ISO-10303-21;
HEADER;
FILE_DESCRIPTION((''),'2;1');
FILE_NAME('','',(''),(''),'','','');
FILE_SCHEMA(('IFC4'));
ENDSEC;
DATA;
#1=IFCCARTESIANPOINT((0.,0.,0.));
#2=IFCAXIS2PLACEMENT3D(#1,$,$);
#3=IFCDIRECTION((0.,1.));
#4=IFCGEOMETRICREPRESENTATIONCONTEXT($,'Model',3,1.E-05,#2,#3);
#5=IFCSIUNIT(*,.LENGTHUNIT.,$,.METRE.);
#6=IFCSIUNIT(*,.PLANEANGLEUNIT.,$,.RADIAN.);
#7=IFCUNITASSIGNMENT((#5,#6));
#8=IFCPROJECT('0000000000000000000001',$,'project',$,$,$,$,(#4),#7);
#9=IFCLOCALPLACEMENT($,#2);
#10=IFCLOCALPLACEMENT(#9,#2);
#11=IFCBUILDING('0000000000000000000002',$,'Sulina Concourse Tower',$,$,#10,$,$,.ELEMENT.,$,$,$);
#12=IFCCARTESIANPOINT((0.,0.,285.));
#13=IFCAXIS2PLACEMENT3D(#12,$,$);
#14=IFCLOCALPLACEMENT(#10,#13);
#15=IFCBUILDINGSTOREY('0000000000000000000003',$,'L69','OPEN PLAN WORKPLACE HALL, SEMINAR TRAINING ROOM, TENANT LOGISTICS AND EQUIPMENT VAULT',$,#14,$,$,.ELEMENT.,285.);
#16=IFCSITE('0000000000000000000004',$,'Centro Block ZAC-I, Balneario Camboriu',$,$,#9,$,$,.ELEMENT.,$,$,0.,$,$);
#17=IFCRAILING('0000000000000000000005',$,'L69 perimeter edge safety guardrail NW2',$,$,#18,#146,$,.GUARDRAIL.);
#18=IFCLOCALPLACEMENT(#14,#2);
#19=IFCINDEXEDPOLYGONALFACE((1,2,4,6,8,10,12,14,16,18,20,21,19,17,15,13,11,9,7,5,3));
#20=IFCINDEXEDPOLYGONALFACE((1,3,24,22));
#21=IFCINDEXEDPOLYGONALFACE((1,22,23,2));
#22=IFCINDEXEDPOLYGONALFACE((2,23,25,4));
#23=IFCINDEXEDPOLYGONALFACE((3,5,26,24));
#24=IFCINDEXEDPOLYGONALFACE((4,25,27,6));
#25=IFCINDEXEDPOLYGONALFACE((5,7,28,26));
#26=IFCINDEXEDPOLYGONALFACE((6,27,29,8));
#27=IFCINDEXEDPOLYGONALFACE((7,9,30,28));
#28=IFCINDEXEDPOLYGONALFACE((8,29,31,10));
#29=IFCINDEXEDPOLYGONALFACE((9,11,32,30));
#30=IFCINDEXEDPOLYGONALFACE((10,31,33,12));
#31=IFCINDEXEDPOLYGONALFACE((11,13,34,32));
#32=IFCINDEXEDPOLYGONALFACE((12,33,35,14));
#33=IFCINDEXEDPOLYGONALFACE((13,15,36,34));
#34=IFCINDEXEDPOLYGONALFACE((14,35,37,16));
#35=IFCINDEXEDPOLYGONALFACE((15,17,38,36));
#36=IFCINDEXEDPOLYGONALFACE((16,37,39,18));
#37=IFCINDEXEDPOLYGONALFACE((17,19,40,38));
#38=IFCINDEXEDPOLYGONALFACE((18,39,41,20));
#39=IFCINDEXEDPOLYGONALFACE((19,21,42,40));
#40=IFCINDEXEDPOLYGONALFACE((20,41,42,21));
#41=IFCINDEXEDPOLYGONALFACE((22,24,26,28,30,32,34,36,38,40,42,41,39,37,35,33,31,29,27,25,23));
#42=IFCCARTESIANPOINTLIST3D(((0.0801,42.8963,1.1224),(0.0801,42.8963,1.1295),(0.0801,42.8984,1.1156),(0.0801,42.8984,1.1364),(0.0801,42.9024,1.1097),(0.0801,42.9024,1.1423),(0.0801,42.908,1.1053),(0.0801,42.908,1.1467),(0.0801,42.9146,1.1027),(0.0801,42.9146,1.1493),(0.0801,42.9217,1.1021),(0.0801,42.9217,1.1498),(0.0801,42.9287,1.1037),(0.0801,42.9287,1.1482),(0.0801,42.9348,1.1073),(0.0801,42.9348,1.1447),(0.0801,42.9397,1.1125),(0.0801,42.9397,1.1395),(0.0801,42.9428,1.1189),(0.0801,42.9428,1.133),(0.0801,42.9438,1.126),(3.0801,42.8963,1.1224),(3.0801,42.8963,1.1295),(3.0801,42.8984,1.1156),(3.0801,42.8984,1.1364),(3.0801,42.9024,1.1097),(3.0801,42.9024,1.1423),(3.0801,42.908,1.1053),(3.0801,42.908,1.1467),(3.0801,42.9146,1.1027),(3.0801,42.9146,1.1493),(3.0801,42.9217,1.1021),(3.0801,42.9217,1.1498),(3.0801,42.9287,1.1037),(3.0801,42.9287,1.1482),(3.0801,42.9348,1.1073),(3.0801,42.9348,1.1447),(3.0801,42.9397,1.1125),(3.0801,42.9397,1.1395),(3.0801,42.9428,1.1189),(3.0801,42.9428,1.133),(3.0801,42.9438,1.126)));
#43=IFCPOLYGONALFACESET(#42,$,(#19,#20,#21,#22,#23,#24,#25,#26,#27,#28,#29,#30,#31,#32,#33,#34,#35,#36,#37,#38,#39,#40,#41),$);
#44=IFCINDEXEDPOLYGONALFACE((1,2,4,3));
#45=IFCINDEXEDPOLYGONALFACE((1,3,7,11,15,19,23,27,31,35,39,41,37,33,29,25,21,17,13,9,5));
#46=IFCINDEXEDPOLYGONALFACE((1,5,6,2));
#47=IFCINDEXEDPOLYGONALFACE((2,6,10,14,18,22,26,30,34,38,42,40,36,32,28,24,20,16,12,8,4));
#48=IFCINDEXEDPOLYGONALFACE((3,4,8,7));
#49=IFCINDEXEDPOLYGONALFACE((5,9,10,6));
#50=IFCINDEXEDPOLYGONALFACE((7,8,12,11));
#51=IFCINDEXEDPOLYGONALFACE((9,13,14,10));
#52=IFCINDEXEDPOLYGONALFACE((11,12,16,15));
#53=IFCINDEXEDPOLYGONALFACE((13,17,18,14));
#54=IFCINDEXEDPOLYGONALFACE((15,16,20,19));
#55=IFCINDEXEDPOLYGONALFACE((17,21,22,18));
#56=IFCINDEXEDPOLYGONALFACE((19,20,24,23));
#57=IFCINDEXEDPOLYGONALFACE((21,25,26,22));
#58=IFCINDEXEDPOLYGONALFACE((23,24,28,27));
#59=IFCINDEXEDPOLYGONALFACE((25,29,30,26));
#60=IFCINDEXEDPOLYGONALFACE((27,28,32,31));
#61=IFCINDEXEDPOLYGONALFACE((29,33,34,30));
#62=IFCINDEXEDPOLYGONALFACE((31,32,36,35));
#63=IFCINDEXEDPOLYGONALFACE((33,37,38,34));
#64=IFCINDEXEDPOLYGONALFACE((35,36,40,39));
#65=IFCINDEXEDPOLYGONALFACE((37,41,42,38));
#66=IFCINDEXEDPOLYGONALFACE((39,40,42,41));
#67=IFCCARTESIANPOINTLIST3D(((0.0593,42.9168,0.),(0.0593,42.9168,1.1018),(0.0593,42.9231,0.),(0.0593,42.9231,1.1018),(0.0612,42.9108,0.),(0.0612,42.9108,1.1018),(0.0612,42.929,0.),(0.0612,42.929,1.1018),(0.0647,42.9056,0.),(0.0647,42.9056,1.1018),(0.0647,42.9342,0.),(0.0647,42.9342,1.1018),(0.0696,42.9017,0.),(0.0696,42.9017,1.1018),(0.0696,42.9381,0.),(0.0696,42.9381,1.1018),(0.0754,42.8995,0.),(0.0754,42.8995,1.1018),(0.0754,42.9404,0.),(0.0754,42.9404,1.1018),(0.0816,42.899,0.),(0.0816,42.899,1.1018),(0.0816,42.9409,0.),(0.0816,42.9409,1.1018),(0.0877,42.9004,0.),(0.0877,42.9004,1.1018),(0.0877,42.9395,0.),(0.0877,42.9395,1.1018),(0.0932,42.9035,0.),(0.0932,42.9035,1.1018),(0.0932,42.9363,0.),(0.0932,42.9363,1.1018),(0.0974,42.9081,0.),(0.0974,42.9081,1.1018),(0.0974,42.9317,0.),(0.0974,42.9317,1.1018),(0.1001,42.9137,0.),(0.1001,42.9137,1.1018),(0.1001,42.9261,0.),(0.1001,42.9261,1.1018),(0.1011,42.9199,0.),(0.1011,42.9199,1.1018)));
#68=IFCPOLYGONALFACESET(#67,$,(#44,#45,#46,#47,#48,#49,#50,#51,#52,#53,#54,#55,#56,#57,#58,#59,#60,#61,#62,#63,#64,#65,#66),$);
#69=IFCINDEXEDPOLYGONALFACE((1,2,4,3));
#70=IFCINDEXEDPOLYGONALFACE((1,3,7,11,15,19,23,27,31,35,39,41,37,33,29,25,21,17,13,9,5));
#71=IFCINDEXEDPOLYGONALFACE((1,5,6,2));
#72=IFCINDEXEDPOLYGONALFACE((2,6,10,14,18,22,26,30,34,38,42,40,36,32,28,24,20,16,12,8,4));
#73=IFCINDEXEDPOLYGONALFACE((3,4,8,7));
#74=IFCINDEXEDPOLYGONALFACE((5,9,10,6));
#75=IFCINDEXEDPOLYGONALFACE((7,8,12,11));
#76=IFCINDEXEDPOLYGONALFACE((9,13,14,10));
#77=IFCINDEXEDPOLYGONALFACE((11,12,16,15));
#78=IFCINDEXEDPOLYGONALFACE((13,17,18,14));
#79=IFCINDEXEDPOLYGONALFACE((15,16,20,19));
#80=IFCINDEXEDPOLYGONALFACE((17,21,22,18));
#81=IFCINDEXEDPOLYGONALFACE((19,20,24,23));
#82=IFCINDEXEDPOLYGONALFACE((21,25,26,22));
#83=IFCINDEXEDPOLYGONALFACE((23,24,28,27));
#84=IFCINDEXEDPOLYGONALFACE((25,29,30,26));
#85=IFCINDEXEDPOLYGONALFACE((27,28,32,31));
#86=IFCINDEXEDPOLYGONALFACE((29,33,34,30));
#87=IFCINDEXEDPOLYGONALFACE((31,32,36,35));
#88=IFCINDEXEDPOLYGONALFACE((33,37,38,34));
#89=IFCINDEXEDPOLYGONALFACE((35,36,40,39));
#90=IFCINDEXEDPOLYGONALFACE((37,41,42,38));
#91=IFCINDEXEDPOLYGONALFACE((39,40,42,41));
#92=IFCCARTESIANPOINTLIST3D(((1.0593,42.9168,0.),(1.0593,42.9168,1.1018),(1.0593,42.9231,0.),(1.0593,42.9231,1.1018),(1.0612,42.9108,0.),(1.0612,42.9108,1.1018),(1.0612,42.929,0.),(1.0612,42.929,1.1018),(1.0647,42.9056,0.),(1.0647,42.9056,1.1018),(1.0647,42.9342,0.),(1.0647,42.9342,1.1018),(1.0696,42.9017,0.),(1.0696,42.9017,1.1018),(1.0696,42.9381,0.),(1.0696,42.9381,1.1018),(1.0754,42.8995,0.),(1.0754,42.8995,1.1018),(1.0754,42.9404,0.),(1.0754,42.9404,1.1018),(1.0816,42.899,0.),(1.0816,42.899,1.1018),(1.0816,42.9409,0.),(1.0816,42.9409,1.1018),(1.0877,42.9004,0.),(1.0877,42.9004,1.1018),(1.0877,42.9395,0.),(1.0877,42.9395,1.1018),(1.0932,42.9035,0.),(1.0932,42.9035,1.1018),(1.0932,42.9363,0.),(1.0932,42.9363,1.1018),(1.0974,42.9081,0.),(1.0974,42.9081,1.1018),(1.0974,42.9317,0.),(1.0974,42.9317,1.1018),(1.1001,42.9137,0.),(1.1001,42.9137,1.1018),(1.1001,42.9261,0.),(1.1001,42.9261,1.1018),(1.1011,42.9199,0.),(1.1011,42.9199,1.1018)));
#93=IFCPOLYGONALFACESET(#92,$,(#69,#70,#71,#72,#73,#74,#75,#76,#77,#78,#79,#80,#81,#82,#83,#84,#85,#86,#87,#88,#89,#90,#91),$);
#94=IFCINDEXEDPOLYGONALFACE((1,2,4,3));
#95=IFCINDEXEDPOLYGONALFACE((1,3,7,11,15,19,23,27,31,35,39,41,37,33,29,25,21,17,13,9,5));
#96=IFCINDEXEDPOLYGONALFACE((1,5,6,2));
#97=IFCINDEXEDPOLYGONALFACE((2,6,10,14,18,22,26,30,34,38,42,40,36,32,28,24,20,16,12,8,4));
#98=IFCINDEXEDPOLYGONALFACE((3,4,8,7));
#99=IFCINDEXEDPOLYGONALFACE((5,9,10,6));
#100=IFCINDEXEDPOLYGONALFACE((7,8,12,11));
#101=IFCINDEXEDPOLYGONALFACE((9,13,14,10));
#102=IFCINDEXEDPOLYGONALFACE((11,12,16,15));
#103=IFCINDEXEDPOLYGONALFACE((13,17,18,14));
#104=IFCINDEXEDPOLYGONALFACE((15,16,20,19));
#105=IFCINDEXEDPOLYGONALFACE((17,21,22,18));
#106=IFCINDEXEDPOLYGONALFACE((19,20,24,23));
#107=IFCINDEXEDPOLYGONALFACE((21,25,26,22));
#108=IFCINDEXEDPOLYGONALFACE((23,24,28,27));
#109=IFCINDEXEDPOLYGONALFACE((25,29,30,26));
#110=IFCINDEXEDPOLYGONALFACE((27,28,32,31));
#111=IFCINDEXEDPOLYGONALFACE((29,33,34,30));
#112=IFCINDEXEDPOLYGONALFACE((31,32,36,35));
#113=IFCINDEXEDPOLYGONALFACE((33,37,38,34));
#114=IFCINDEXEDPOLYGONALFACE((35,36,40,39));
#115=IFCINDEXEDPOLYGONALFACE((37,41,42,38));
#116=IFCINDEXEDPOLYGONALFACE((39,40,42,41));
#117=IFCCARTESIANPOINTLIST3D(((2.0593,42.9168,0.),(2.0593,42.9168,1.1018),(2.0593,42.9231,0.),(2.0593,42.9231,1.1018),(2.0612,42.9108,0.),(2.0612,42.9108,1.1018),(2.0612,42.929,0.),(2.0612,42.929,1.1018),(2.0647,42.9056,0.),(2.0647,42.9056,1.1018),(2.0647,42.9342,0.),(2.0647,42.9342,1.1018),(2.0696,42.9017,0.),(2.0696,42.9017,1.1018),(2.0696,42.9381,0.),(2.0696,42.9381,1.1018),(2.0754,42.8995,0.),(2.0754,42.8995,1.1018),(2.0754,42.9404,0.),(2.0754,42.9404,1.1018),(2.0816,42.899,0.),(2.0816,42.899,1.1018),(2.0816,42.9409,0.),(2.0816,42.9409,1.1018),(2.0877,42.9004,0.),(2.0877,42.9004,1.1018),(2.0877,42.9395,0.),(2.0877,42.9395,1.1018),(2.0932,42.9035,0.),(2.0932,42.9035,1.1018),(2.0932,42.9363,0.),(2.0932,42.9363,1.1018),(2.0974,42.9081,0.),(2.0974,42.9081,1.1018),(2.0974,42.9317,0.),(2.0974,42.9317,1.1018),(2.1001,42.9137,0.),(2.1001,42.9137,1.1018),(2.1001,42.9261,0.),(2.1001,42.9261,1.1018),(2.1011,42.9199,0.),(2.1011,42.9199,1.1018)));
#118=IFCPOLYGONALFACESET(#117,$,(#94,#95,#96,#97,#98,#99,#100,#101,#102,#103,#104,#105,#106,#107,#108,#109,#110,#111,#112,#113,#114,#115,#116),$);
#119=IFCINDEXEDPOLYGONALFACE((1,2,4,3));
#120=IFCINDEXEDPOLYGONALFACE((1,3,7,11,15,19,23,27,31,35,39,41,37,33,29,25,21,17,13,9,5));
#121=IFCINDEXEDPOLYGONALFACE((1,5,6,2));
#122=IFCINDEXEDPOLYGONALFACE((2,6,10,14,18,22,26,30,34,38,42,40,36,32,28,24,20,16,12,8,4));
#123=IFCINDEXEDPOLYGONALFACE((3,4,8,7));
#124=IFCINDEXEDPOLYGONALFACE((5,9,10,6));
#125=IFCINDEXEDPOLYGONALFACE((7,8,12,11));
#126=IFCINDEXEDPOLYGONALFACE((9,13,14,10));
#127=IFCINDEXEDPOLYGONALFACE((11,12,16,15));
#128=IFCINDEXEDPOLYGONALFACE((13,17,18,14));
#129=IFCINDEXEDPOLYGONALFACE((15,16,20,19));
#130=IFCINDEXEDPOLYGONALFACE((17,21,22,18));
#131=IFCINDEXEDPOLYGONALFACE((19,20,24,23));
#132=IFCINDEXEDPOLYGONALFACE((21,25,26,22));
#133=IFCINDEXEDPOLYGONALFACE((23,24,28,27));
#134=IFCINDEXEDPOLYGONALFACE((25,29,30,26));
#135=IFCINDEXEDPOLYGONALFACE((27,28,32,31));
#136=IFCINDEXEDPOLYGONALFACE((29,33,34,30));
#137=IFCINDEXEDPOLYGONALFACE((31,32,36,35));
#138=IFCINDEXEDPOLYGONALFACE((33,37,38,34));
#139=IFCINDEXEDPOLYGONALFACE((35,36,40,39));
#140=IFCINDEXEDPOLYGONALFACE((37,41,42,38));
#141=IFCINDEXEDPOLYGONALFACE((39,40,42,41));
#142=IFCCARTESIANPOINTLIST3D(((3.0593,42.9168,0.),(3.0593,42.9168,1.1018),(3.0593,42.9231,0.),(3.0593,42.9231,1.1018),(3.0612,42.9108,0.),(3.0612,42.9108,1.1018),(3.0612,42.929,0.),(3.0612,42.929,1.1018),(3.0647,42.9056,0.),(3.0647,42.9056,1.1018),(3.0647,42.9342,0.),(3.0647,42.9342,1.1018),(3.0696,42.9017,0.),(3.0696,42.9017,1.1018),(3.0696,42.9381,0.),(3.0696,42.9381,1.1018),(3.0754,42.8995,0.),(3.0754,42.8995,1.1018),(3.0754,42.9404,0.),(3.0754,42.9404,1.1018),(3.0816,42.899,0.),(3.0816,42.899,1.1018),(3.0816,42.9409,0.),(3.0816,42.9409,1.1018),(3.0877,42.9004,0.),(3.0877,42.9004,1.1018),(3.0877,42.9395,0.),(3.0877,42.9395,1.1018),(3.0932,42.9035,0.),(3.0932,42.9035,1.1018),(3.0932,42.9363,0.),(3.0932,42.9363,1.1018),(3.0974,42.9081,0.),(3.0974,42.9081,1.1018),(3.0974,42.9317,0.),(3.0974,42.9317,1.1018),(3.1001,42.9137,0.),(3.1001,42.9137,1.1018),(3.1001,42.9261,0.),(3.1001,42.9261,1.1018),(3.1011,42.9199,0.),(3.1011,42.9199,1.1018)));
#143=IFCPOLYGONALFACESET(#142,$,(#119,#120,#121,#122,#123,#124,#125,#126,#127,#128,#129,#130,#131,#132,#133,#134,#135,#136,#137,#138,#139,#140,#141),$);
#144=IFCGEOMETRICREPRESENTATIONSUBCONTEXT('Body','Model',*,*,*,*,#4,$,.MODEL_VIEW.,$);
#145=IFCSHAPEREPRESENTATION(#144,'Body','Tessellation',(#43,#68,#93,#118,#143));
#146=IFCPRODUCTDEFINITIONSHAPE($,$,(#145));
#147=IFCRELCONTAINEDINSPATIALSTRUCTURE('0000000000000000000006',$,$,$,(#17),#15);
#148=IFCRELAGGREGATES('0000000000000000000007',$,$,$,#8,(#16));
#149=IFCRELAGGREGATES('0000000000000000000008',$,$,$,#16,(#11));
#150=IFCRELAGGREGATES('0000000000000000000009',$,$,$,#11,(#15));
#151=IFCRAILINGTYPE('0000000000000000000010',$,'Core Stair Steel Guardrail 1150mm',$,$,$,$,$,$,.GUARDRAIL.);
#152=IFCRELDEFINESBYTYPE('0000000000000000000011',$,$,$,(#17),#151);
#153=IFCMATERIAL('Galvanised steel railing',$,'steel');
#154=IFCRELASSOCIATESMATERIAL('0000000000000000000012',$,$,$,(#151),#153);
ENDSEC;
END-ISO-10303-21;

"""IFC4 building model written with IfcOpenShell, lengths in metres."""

from ifc_helpers import new_model, si_unit, direction, frame, origin, origin_2d, place, context, subcontext, project, spatial, circle, extrude, material, type_object, element, save


model = new_model("IFC4")

# Units and contexts
model_context = context("Model", 3, precision=1e-05, world=origin(), true_north=direction((0.0, 1.0)))
body_context = subcontext(model_context, "Body", "Model", "MODEL_VIEW")
ifc_project = project(units=[si_unit("LENGTHUNIT", "METRE"), si_unit("PLANEANGLEUNIT", "RADIAN")], contexts=[model_context])

# Site, building, storey
site_placement = place(None, origin())
site = spatial("IfcSite", under=ifc_project, at=site_placement, Name="Centro Block ZAC-I, Balneario Camboriu", CompositionType="ELEMENT", RefElevation=0.0)
building_placement = place(site_placement, origin())
building = spatial("IfcBuilding", under=site, at=building_placement, Name="Sulina Concourse Tower", CompositionType="ELEMENT")
storey_placement = place(building_placement, frame((0.0, 0.0, 285.0)))
storey = spatial("IfcBuildingStorey", under=building, at=storey_placement, Name="L69", Description="OPEN PLAN WORKPLACE HALL, SEMINAR TRAINING ROOM, TENANT LOGISTICS AND EQUIPMENT VAULT", CompositionType="ELEMENT", Elevation=285.0)

# Railing
ifc_material_1 = material(Name="Galvanised steel railing", Category="steel")
railing_type_1 = type_object("IfcRailingType", Name="Core Stair Steel Guardrail 1150mm", PredefinedType="GUARDRAIL", material=ifc_material_1)
railing_1_placement = place(storey_placement, frame((0.0801, 42.9199, 0.0)))
element("IfcRailing", 1, at=railing_1_placement, inside=storey, type_object=railing_type_1, Name="L69 perimeter edge safety guardrail NW2", PredefinedType="GUARDRAIL", context=body_context, shape_type="SweptSolid", body=[
    extrude(circle(Radius=0.0239, at=origin_2d()), frame((0.0, 0.0, 1.126), z_axis=(1.0, 0.0, 0.0), x_axis=(0.0, 1.0, 0.0)), (0.0, 0.0, 1.0), 3.0),
    extrude(circle(Radius=0.021, at=origin_2d()), origin(), (0.0, 0.0, 1.0), 1.1018),
    extrude(circle(Radius=0.021, at=origin_2d()), frame((1.0, 0.0, 0.0)), (0.0, 0.0, 1.0), 1.1018),
    extrude(circle(Radius=0.021, at=origin_2d()), frame((2.0, 0.0, 0.0)), (0.0, 0.0, 1.0), 1.1018),
    extrude(circle(Radius=0.021, at=origin_2d()), frame((3.0, 0.0, 0.0)), (0.0, 0.0, 1.0), 1.1018),
])

save(model, "model.ifc")
